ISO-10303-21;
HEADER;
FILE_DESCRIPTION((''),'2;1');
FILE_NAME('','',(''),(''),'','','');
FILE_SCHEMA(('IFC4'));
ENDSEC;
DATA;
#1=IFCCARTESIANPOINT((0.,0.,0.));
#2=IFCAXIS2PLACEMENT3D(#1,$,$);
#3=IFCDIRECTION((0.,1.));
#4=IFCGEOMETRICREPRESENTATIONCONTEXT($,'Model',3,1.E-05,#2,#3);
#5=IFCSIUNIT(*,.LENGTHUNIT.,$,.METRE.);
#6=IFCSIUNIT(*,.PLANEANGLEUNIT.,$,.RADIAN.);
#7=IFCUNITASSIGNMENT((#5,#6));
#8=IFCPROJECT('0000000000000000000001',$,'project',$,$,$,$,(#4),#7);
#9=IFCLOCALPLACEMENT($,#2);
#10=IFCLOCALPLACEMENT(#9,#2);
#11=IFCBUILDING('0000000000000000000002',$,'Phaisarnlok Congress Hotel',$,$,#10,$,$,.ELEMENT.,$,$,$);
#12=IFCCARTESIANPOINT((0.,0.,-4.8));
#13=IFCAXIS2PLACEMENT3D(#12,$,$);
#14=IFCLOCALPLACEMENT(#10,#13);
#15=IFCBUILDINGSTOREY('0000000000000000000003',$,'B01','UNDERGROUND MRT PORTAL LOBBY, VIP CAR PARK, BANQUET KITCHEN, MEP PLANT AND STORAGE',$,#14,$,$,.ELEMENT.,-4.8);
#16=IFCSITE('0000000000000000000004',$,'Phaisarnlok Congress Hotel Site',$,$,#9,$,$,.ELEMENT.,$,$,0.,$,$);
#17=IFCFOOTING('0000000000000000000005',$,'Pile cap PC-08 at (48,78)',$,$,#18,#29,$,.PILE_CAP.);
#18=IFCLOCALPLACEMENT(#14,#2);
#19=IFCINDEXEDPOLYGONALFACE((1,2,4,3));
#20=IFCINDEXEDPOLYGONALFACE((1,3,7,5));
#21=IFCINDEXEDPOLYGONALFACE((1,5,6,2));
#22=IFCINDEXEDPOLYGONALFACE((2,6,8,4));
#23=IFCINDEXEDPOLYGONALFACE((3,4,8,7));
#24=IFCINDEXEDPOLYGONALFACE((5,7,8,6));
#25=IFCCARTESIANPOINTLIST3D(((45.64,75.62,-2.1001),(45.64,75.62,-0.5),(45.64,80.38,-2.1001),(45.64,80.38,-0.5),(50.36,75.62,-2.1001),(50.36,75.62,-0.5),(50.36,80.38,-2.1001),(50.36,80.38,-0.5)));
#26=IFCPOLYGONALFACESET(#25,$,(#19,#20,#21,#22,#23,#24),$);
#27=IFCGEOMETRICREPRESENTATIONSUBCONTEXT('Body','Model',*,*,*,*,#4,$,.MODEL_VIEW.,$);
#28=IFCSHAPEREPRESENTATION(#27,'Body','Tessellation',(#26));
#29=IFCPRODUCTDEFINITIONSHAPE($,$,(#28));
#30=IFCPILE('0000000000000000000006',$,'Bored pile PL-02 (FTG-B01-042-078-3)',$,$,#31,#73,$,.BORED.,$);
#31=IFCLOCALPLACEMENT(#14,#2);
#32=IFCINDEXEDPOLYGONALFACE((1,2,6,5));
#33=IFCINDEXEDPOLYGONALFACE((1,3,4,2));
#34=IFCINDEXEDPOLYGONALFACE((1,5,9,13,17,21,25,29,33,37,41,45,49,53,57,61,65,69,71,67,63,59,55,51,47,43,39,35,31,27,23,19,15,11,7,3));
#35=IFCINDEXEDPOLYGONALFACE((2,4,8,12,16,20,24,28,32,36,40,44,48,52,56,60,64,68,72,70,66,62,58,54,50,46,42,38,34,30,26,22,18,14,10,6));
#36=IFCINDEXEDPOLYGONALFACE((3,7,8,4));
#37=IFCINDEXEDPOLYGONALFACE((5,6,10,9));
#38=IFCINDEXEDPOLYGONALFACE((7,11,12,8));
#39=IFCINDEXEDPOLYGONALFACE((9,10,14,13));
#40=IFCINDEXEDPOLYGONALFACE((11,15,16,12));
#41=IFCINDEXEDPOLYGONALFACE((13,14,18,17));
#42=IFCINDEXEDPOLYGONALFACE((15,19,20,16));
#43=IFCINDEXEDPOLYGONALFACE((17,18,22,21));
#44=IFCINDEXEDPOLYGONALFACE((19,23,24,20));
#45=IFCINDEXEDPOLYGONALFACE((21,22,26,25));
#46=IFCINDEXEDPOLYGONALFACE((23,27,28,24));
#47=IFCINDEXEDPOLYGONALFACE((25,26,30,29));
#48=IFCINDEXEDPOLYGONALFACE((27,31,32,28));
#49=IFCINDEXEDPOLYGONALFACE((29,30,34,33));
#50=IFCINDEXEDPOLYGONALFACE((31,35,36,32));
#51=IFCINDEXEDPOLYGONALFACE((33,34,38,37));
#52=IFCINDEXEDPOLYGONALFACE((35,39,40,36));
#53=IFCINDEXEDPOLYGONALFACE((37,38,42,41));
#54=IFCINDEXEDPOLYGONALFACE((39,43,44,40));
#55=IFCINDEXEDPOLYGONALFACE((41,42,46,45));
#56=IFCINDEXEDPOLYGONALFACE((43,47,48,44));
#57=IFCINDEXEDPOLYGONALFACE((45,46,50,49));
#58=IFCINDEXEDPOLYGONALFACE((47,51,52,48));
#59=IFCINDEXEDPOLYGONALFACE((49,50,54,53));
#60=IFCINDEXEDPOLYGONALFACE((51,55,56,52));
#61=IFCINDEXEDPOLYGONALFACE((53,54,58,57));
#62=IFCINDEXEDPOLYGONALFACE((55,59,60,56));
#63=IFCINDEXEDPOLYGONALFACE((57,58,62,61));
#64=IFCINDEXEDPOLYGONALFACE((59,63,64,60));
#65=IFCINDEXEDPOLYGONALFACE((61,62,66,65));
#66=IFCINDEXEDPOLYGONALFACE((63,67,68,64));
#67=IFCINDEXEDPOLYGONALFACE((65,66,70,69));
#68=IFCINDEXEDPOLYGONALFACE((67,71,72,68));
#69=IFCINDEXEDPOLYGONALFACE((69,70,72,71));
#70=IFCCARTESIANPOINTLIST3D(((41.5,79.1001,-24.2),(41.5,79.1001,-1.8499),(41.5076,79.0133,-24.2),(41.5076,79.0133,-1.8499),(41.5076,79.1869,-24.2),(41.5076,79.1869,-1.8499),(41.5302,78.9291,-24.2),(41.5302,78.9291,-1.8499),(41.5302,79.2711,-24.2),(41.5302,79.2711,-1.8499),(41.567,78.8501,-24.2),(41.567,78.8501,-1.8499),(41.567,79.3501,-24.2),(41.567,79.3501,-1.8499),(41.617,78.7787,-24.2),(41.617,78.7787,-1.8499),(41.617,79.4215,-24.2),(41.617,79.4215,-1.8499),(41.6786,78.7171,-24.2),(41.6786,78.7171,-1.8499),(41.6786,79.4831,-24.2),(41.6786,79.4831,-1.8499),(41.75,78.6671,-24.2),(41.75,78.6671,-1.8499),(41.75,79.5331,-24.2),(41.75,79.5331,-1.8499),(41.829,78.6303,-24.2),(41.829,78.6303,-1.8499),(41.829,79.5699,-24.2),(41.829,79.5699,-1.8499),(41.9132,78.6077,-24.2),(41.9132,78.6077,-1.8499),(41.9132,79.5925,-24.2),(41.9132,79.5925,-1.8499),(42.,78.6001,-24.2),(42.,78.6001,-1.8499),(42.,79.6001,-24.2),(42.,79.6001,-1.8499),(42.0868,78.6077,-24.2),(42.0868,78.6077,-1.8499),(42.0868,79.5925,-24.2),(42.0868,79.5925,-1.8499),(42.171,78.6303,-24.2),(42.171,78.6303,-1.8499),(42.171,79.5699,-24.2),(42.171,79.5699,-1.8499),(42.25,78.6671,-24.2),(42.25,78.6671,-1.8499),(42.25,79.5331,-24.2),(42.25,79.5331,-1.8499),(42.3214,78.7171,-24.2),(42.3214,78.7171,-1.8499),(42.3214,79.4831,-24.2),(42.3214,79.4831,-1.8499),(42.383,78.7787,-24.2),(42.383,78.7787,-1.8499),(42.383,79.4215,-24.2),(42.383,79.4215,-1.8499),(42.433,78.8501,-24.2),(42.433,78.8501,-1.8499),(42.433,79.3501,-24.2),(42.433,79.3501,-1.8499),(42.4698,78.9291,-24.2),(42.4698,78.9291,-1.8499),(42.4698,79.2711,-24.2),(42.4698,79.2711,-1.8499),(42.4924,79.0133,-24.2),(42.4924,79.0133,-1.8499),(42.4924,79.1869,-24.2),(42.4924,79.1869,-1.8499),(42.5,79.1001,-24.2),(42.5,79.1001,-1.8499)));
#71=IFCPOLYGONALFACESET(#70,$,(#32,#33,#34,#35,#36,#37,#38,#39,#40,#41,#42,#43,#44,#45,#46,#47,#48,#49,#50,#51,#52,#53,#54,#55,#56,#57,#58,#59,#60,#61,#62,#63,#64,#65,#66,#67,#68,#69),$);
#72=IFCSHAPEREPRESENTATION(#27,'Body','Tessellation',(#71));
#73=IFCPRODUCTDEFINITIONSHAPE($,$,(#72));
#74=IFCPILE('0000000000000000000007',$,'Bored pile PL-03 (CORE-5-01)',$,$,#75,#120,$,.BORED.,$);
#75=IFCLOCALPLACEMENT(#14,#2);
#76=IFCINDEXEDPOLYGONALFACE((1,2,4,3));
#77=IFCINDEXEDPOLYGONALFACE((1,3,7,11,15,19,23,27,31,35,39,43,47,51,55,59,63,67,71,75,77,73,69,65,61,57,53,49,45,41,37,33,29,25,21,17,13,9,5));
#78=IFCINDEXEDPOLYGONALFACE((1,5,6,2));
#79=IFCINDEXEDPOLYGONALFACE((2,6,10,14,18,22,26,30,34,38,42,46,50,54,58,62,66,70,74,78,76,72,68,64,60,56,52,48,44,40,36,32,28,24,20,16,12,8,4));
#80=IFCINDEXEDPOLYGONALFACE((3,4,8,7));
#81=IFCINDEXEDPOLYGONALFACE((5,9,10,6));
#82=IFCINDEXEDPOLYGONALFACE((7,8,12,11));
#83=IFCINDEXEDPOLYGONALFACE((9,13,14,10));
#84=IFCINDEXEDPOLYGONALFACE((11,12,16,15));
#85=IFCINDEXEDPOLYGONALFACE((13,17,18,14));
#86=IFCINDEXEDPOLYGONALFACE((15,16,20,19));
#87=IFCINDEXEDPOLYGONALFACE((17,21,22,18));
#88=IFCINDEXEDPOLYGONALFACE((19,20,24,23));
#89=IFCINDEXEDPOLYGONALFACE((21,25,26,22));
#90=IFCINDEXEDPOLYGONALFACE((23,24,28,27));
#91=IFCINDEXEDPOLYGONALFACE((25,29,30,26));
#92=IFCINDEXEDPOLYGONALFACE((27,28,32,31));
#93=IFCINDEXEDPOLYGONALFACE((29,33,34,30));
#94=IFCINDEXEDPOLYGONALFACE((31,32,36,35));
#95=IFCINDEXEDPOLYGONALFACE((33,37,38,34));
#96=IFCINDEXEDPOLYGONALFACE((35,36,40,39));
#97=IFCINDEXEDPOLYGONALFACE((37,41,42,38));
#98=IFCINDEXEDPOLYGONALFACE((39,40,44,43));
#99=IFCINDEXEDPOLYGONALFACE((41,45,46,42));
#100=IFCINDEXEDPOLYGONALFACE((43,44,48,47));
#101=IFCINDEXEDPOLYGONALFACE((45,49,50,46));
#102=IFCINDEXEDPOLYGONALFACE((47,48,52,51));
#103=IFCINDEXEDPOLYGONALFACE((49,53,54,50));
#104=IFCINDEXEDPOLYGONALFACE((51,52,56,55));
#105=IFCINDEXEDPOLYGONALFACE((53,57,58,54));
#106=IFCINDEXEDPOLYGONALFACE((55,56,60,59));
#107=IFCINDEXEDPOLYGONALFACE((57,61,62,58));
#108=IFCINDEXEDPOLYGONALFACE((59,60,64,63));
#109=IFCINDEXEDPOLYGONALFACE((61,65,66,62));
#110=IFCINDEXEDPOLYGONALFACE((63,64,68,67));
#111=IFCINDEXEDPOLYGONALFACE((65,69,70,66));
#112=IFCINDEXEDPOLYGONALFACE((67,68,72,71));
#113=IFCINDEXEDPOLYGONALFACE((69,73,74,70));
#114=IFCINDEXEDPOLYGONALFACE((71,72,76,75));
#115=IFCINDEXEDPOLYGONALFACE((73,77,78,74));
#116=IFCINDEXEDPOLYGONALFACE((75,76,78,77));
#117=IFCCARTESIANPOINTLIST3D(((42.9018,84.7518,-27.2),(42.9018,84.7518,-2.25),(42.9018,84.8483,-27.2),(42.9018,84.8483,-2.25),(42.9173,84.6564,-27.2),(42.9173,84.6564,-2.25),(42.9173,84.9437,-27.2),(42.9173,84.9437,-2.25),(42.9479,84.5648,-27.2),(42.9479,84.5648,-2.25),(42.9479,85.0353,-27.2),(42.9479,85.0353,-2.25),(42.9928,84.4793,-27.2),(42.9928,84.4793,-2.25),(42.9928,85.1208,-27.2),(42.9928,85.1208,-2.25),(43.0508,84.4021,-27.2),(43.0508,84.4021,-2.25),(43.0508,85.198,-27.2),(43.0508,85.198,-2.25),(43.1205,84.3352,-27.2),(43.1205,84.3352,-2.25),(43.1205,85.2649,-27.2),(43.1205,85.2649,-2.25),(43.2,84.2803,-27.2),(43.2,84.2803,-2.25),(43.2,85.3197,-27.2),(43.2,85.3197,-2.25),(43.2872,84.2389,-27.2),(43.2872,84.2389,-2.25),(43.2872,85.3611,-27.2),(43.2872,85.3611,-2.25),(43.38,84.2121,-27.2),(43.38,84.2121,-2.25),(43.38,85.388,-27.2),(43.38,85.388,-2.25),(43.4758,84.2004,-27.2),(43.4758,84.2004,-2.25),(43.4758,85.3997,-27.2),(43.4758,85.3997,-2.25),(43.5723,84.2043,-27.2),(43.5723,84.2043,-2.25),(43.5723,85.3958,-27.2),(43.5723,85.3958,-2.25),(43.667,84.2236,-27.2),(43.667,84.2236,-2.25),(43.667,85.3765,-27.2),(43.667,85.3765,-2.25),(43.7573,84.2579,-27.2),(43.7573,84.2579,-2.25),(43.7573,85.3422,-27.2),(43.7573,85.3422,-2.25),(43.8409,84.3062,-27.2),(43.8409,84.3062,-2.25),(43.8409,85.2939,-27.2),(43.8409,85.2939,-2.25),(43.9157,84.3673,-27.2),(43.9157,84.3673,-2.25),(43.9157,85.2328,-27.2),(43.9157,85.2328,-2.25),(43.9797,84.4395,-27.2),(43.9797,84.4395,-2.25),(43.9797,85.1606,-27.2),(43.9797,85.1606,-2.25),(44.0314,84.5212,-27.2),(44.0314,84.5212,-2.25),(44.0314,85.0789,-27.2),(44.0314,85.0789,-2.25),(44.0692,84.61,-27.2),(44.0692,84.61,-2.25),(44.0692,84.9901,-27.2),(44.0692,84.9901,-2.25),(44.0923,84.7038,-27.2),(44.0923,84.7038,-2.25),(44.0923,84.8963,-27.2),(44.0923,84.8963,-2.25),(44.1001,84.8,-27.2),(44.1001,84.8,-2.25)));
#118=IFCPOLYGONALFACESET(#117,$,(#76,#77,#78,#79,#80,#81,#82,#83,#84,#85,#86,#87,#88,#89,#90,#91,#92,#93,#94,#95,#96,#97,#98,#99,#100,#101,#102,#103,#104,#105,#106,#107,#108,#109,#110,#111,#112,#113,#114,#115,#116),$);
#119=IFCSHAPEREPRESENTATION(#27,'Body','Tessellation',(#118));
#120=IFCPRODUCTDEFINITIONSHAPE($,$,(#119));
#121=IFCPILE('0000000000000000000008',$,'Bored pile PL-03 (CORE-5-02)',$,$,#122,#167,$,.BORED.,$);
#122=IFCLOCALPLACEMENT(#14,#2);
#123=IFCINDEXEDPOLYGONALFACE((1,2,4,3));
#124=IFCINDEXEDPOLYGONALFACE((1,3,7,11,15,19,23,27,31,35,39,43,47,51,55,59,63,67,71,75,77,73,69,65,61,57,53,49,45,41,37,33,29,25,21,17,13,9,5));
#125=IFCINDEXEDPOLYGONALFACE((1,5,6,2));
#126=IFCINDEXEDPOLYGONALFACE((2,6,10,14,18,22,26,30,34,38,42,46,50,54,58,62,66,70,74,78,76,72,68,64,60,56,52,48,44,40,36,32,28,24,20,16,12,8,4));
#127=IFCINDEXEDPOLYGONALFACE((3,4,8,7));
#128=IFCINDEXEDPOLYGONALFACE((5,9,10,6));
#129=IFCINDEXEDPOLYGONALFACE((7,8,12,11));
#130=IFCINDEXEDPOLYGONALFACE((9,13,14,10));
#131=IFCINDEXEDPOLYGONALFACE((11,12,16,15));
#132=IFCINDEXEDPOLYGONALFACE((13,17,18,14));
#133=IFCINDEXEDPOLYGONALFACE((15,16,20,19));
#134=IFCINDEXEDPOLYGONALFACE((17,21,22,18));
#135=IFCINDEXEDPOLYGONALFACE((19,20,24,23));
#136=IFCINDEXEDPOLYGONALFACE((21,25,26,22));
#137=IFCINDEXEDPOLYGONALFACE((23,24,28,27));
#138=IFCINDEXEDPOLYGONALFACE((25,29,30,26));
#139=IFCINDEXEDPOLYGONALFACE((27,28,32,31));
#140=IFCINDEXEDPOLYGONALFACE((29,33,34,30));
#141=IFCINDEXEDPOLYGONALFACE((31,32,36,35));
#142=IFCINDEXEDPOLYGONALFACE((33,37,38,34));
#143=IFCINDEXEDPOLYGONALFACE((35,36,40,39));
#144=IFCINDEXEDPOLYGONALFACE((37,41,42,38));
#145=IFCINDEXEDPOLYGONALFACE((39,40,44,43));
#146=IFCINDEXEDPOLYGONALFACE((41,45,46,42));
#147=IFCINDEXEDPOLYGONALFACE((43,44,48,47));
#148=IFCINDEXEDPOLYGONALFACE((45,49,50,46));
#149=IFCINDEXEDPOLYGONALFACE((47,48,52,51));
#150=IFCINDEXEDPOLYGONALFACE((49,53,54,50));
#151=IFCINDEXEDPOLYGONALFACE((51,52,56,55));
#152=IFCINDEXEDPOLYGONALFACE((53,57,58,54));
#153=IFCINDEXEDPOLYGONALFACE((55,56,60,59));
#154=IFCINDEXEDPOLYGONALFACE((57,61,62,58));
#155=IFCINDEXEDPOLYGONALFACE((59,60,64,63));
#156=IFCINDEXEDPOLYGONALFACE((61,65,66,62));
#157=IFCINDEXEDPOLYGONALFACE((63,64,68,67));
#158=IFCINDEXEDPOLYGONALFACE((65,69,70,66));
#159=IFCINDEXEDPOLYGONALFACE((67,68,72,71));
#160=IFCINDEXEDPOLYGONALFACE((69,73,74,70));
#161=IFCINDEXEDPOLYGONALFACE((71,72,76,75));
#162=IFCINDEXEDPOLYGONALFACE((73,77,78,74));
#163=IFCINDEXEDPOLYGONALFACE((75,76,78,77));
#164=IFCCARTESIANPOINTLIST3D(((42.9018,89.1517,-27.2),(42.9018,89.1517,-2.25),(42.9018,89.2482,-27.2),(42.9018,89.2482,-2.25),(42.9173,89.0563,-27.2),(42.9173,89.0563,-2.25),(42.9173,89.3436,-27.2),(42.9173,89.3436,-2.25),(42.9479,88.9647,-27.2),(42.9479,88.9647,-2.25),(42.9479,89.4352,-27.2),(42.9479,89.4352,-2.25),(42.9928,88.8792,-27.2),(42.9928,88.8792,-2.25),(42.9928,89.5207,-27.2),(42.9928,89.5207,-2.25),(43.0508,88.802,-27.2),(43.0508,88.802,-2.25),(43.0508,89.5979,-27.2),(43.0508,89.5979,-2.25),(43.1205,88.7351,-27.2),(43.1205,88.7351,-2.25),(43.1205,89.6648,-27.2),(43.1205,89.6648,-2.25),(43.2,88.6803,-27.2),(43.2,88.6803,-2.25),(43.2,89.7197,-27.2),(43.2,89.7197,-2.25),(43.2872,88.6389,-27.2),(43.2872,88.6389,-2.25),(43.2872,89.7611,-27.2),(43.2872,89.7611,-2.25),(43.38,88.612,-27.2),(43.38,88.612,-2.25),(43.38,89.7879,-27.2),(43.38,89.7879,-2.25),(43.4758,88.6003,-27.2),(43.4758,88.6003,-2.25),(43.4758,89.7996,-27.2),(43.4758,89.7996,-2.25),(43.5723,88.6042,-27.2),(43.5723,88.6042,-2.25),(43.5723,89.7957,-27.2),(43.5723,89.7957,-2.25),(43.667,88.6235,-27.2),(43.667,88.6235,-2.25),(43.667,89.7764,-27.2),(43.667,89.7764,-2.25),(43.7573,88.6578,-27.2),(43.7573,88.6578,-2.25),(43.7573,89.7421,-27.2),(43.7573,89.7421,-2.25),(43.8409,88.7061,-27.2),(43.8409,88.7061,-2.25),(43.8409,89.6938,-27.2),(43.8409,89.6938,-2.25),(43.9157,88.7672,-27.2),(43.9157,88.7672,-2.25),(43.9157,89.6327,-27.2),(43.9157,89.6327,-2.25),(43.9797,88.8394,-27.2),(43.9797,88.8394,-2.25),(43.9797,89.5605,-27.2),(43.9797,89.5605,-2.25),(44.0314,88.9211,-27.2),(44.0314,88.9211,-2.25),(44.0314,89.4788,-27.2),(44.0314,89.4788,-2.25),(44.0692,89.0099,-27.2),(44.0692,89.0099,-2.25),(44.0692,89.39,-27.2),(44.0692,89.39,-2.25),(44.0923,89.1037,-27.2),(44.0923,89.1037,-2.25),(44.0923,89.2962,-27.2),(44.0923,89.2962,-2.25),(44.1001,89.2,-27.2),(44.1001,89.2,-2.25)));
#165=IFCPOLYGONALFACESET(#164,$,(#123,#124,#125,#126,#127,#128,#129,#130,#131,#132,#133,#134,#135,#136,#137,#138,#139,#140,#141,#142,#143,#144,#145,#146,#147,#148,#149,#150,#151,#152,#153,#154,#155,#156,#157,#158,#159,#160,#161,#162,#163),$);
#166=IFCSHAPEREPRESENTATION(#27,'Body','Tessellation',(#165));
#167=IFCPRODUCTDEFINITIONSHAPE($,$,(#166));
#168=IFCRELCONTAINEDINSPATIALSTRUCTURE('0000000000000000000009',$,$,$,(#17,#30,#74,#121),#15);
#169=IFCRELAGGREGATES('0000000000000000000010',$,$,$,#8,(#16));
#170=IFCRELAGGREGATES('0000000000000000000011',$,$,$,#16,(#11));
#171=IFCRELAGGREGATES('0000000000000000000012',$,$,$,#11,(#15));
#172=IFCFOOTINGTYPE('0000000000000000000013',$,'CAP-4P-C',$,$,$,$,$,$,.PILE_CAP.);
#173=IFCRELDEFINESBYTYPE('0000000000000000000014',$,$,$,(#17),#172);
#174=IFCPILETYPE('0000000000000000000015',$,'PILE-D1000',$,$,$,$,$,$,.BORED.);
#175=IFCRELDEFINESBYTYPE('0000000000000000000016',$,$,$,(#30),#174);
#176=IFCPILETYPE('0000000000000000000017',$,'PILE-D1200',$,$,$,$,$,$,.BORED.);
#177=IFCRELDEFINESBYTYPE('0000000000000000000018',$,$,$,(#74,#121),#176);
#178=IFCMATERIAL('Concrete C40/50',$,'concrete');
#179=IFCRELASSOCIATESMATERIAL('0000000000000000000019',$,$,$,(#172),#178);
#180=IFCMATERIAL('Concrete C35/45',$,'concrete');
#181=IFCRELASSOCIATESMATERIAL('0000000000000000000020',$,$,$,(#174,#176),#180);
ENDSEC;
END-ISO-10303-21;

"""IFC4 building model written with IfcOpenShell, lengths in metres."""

from ifc_helpers import new_model, si_unit, direction, frame, origin, origin_2d, place, context, subcontext, project, spatial, rectangle, circle, extrude, material, material_profile, profile_set, type_object, element, save


model = new_model("IFC4")

# Units and contexts
model_context = context("Model", 3, precision=1e-05, world=origin(), true_north=direction((0.0, 1.0)))
body_context = subcontext(model_context, "Body", "Model", "MODEL_VIEW")
ifc_project = project(units=[si_unit("LENGTHUNIT", "METRE"), si_unit("PLANEANGLEUNIT", "RADIAN")], contexts=[model_context])

# Site, building, storey
site_placement = place(None, origin())
site = spatial("IfcSite", under=ifc_project, at=site_placement, Name="Phaisarnlok Congress Hotel Site", CompositionType="ELEMENT", RefElevation=0.0)
building_placement = place(site_placement, origin())
building = spatial("IfcBuilding", under=site, at=building_placement, Name="Phaisarnlok Congress Hotel", CompositionType="ELEMENT")
storey_placement = place(building_placement, frame((0.0, 0.0, -4.8)))
storey = spatial("IfcBuildingStorey", under=building, at=storey_placement, Name="B01", Description="UNDERGROUND MRT PORTAL LOBBY, VIP CAR PARK, BANQUET KITCHEN, MEP PLANT AND STORAGE", CompositionType="ELEMENT", Elevation=-4.8)

# Footing
ifc_material_1 = material(Name="Concrete C40/50", Category="concrete")
footing_type = type_object("IfcFootingType", Name="CAP-4P-C", PredefinedType="PILE_CAP", material=ifc_material_1)
footing_placement = place(storey_placement, frame((48.0, 78.0, -2.1001), z_axis=(0.0, 0.0, 1.0), x_axis=(1.0, 0.0, 0.0)))
element("IfcFooting", 1, at=footing_placement, inside=storey, type_object=footing_type, Name="Pile cap PC-08 at (48,78)", PredefinedType="PILE_CAP", context=body_context, shape_type="SweptSolid", body=[
    extrude(rectangle(XDim=4.72, YDim=4.76, at=origin_2d()), origin(), (0.0, 0.0, 1.0), 1.6001),
])

# Piles
ifc_material_2 = material(Name="Concrete C35/45", Category="concrete")
ifc_material_profile_1 = material_profile(ifc_material_2, circle(Radius=0.5, at=origin_2d()), Name="BORED PILE D1000")
ifc_profile_set_1 = profile_set([ifc_material_profile_1], Name="Concrete C35/45")
pile_type_1 = type_object("IfcPileType", Name="PILE-D1000", PredefinedType="BORED", material=ifc_profile_set_1)
pile_placement = place(storey_placement, frame((42.0, 79.1001, -1.8499), z_axis=(0.0, 0.0, -1.0), x_axis=(1.0, 0.0, 0.0)))
element("IfcPile", 2, at=pile_placement, inside=storey, type_object=pile_type_1, Name="Bored pile PL-02 (FTG-B01-042-078-3)", PredefinedType="BORED", context=body_context, shape_type="SweptSolid", body=[
    extrude(circle(Radius=0.5, at=origin_2d()), origin(), (0.0, 0.0, 1.0), 22.3501),
])
ifc_material_profile_2 = material_profile(ifc_material_2, circle(Radius=0.6001, at=origin_2d()), Name="BORED PILE D1200")
ifc_profile_set_2 = profile_set([ifc_material_profile_2], Name="Concrete C35/45")
pile_type_2 = type_object("IfcPileType", Name="PILE-D1200", PredefinedType="BORED", material=ifc_profile_set_2)
for number, where, z_axis, x_axis, name in (
    (3, (43.5, 84.8, -2.25), (0.0, 0.0, -1.0), (1.0, 0.0, 0.0), "Bored pile PL-03 (CORE-5-01)"),
    (4, (43.5, 89.2, -2.25), (0.0, 0.0, -1.0), (1.0, 0.0, 0.0), "Bored pile PL-03 (CORE-5-02)"),
):
    element("IfcPile", number, at=place(storey_placement, frame(where, z_axis=z_axis, x_axis=x_axis)), inside=storey, type_object=pile_type_2, Name=name, PredefinedType="BORED", context=body_context, shape_type="SweptSolid", body=[
        extrude(circle(Radius=0.6001, at=origin_2d()), origin(), (0.0, 0.0, 1.0), 24.95),
    ])

save(model, "model.ifc")
